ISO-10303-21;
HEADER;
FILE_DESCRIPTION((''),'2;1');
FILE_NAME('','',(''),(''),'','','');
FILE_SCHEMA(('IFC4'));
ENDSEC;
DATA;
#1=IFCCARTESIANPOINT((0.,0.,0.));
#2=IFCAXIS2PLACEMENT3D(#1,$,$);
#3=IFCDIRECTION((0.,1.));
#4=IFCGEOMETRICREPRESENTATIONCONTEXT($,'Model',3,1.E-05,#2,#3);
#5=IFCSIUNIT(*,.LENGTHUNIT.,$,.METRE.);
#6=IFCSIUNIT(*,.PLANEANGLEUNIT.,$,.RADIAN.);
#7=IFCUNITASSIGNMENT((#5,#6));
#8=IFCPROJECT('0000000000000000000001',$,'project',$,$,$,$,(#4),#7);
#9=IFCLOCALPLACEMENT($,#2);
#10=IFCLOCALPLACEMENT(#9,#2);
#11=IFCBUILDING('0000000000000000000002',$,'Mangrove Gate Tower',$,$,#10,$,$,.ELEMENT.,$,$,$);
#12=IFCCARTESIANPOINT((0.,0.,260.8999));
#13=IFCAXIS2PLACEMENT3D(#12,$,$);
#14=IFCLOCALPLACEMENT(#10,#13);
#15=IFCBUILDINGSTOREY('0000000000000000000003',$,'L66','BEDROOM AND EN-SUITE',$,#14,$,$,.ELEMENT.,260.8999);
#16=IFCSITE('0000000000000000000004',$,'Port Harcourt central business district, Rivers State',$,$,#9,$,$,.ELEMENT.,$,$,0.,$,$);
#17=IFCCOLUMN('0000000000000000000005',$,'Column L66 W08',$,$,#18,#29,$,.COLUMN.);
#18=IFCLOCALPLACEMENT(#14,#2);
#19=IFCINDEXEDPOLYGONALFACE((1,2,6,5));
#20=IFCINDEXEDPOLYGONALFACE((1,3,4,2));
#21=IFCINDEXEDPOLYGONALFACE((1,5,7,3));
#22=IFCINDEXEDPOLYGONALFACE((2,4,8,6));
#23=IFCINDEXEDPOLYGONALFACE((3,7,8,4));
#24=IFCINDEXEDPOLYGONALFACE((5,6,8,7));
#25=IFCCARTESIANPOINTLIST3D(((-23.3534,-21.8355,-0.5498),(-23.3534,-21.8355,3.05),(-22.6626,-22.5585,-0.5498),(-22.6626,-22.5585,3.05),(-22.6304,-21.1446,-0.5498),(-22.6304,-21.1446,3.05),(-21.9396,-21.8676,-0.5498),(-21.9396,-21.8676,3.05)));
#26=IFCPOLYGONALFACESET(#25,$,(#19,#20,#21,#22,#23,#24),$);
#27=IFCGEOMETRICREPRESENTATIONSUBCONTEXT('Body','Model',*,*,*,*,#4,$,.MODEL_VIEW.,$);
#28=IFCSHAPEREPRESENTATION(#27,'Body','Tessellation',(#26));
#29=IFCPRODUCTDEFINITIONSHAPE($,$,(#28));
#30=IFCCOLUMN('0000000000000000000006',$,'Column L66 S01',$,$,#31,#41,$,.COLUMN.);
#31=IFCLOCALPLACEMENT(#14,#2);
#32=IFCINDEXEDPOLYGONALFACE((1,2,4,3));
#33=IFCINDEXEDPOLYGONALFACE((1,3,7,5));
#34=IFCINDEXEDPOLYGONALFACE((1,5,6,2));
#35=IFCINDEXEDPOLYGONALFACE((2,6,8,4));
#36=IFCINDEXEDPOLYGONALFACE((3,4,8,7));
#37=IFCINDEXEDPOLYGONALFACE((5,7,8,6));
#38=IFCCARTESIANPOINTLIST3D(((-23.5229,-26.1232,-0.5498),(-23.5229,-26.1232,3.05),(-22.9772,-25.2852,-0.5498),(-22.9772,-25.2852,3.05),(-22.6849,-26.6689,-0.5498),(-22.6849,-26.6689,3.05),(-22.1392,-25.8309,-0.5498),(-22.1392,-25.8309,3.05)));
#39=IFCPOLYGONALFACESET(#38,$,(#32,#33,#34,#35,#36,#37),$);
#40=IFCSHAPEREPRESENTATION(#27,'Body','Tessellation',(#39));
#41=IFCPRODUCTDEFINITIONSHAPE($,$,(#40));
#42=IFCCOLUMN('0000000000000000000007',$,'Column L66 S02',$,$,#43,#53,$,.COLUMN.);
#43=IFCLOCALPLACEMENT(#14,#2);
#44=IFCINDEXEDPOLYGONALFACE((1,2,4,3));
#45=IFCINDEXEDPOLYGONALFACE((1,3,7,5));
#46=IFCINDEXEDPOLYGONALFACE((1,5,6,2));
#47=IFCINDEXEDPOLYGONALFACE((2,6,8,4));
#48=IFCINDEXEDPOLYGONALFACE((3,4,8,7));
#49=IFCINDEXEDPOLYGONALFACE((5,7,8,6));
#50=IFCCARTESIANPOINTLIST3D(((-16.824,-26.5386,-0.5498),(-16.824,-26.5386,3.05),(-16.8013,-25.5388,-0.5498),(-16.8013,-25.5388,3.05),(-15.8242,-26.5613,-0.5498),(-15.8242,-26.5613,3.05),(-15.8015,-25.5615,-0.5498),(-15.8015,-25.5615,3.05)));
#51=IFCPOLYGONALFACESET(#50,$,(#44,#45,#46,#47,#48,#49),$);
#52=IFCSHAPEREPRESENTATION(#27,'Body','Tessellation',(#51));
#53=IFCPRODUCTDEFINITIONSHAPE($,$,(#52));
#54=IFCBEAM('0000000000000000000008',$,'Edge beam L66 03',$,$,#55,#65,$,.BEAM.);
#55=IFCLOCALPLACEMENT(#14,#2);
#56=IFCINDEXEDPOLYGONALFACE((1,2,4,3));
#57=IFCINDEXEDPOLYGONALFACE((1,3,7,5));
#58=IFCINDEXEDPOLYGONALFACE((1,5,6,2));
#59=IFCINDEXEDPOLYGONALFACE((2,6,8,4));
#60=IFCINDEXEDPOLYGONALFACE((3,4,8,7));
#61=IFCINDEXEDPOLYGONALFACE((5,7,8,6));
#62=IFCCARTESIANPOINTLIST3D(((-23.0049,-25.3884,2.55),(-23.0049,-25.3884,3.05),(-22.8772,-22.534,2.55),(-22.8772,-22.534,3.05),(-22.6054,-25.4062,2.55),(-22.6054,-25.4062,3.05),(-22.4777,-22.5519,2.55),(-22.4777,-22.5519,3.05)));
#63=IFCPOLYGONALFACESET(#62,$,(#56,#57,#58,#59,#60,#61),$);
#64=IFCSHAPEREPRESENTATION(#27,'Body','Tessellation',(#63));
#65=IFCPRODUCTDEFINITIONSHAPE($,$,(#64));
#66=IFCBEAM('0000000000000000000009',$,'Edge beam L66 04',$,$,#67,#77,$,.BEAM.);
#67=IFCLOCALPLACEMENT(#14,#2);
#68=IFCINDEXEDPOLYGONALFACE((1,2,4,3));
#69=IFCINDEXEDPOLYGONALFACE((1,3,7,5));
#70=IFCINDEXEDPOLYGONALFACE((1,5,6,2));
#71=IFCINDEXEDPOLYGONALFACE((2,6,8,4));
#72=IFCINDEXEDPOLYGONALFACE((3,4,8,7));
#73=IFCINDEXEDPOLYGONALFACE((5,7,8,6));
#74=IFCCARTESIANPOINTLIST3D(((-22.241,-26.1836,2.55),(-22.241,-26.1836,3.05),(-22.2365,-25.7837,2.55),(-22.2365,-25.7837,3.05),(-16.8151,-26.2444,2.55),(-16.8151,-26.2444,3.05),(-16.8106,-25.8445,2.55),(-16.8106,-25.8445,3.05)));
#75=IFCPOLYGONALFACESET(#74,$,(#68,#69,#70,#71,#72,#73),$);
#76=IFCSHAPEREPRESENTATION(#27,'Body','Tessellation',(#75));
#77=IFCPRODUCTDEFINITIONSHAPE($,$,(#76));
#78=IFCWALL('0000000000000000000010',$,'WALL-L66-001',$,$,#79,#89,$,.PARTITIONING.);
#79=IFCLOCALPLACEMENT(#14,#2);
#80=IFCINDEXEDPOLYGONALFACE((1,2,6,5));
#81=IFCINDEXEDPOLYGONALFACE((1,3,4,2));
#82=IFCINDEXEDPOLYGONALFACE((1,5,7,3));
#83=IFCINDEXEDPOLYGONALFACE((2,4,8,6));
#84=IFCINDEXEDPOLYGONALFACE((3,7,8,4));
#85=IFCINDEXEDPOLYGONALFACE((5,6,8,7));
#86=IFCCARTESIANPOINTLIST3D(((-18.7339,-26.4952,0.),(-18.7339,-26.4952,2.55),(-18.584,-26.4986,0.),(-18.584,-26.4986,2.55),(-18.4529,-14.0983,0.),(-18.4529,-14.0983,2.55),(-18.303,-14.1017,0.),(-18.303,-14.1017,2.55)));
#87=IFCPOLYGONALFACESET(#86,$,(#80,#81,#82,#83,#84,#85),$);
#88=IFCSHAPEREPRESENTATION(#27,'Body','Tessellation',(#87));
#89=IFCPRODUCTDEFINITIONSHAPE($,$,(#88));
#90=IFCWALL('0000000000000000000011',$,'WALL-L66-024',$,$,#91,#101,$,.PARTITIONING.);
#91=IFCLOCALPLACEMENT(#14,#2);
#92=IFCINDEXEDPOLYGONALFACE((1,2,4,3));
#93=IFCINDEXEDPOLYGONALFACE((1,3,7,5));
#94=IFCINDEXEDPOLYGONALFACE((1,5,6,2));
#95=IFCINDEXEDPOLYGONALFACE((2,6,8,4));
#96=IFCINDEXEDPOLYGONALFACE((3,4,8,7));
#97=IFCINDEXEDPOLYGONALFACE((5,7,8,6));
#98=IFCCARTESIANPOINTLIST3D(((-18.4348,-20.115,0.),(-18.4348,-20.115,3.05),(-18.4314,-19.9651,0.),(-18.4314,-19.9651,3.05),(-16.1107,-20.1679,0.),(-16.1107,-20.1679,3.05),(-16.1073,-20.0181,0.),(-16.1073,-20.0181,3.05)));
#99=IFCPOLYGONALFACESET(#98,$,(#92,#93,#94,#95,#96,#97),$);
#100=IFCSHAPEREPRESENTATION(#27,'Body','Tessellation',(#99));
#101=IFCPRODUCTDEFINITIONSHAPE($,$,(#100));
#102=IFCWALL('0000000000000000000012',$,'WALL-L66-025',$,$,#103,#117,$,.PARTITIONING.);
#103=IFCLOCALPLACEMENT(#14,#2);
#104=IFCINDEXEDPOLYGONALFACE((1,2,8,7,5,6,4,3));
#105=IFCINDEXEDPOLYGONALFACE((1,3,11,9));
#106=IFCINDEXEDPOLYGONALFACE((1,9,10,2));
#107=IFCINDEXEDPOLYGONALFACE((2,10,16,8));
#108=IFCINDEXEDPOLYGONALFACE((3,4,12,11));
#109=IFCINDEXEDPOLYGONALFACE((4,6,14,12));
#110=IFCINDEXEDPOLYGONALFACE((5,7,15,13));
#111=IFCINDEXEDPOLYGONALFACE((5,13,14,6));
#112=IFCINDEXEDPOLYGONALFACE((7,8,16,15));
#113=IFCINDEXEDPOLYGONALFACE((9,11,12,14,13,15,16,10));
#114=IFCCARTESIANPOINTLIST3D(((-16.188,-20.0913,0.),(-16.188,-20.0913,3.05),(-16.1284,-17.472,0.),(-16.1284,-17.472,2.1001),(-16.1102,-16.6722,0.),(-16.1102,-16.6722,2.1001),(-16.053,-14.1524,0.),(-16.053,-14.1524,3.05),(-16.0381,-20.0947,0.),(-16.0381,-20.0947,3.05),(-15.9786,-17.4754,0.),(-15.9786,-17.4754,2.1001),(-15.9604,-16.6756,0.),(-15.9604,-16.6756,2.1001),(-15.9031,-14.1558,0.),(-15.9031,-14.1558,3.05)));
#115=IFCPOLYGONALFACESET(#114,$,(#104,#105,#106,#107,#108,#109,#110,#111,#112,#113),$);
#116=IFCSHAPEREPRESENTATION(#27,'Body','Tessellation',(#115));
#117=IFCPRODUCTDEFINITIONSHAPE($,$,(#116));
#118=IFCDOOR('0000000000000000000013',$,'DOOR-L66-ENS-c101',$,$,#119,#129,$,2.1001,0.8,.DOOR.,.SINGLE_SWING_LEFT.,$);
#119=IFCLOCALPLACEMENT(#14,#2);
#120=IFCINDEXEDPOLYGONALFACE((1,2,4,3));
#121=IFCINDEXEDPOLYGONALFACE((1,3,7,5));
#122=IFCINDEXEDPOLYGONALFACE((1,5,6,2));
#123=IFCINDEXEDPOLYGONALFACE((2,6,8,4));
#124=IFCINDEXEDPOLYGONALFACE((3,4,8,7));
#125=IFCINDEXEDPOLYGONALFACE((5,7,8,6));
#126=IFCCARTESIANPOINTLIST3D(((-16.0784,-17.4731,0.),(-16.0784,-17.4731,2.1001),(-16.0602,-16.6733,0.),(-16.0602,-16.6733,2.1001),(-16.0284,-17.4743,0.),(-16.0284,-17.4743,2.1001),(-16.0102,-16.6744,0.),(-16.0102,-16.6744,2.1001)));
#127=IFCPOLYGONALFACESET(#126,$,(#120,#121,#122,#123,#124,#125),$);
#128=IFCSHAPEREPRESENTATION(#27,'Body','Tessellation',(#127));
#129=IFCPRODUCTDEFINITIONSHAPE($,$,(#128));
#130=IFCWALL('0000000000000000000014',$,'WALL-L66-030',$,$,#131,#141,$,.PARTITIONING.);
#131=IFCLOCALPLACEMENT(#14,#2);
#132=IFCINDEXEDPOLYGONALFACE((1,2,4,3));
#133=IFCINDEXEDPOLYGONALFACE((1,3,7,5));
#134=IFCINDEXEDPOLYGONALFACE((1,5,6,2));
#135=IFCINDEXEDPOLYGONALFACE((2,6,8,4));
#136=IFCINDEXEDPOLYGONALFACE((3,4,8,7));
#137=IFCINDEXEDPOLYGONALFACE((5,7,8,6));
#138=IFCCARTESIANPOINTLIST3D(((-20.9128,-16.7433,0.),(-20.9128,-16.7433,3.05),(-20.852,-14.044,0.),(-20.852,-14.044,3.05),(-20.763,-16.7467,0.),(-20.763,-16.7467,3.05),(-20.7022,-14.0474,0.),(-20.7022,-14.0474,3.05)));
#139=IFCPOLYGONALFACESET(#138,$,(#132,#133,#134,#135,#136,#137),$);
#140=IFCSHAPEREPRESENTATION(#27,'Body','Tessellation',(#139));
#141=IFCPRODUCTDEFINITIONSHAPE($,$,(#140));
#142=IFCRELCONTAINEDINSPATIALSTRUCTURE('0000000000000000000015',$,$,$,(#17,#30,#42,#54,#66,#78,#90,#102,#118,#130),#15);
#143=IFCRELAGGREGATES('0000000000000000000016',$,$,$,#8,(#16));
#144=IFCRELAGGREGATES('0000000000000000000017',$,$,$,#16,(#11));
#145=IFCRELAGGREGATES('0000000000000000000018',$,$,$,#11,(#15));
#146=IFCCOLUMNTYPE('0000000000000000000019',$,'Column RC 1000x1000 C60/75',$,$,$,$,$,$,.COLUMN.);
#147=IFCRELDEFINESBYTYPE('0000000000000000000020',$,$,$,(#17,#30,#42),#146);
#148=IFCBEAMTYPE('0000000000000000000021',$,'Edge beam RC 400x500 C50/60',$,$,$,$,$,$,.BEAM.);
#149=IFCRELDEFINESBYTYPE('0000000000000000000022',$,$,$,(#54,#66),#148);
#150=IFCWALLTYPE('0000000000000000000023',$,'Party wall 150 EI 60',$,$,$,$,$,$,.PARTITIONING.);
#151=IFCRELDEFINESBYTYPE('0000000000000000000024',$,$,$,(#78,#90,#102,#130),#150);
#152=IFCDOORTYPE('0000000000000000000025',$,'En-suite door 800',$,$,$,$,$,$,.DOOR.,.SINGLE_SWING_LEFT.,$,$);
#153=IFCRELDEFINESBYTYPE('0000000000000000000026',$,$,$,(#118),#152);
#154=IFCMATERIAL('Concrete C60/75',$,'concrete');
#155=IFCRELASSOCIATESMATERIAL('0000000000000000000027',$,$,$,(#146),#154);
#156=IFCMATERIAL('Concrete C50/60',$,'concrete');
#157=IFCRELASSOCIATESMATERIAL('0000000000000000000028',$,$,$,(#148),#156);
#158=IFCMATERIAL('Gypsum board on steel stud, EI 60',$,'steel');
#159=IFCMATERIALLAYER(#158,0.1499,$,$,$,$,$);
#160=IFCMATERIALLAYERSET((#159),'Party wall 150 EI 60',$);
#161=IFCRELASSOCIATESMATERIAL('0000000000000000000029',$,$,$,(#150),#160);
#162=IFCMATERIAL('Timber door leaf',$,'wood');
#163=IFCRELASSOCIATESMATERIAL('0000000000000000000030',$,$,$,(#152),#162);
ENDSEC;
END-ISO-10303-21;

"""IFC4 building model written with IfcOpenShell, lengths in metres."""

from ifc_helpers import new_model, si_unit, direction, frame, frame_2d, origin, origin_2d, place, context, subcontext, project, spatial, rectangle, extrude, material, layer, layer_set, material_profile, profile_set, type_object, element, fill, save


model = new_model("IFC4")

# Units and contexts
model_context = context("Model", 3, precision=1e-05, world=origin(), true_north=direction((0.0, 1.0)))
body_context = subcontext(model_context, "Body", "Model", "MODEL_VIEW")
ifc_project = project(units=[si_unit("LENGTHUNIT", "METRE"), si_unit("PLANEANGLEUNIT", "RADIAN")], contexts=[model_context])

# Site, building, storey
site_placement = place(None, origin())
site = spatial("IfcSite", under=ifc_project, at=site_placement, Name="Port Harcourt central business district, Rivers State", CompositionType="ELEMENT", RefElevation=0.0)
building_placement = place(site_placement, origin())
building = spatial("IfcBuilding", under=site, at=building_placement, Name="Mangrove Gate Tower", CompositionType="ELEMENT")
storey_placement = place(building_placement, frame((0.0, 0.0, 260.8999)))
storey = spatial("IfcBuildingStorey", under=building, at=storey_placement, Name="L66", Description="BEDROOM AND EN-SUITE", CompositionType="ELEMENT", Elevation=260.8999)

# Columns
ifc_material_1 = material(Name="Concrete C60/75", Category="concrete")
ifc_material_profile_1 = material_profile(ifc_material_1, rectangle(XDim=1.0, YDim=1.0, at=origin_2d()))
ifc_profile_set_1 = profile_set([ifc_material_profile_1], Name="Concrete C60/75")
column_type = type_object("IfcColumnType", Name="Column RC 1000x1000 C60/75", PredefinedType="COLUMN", material=ifc_profile_set_1)
for number, where, z_axis, x_axis, name in (
    (1, (-22.6465, -21.8516, -0.5498), (0.0, 0.0, 1.0), (0.690844, -0.723004, 0.0), "Column L66 W08"),
    (2, (-22.8311, -25.9771, -0.5498), (0.0, 0.0, 1.0), (0.837962, -0.545728, 0.0), "Column L66 S01"),
    (3, (-16.3127, -26.05, -0.5498), (0.0, 0.0, 1.0), (0.999742, -0.022708, 0.0), "Column L66 S02"),
):
    element("IfcColumn", number, at=place(storey_placement, frame(where, z_axis=z_axis, x_axis=x_axis)), inside=storey, type_object=column_type, Name=name, PredefinedType="COLUMN", context=body_context, shape_type="SweptSolid", body=[
        extrude(rectangle(XDim=1.0, YDim=1.0, at=origin_2d()), origin(), (0.0, 0.0, 1.0), 3.5999),
    ])

# Beams
ifc_material_2 = material(Name="Concrete C50/60", Category="concrete")
ifc_material_profile_2 = material_profile(ifc_material_2, rectangle(XDim=0.3999, YDim=0.5, at=origin_2d()))
ifc_profile_set_2 = profile_set([ifc_material_profile_2], Name="Concrete C50/60")
beam_type = type_object("IfcBeamType", Name="Edge beam RC 400x500 C50/60", PredefinedType="BEAM", material=ifc_profile_set_2)
beam_1_placement = place(storey_placement, frame((-22.6775, -22.543, 2.8), z_axis=(-0.044691, -0.999001, 0.0), x_axis=(0.999001, -0.044691, 0.0)))
element("IfcBeam", 4, at=beam_1_placement, inside=storey, type_object=beam_type, Name="Edge beam L66 03", PredefinedType="BEAM", context=body_context, shape_type="SweptSolid", body=[
    extrude(rectangle(XDim=0.3999, YDim=0.5, at=origin_2d()), origin(), (0.0, 0.0, 1.0), 2.8572),
])
beam_2_placement = place(storey_placement, frame((-22.2388, -25.9836, 2.8), z_axis=(0.999937, -0.011203, 0.0), x_axis=(0.011203, 0.999937, 0.0)))
element("IfcBeam", 5, at=beam_2_placement, inside=storey, type_object=beam_type, Name="Edge beam L66 04", PredefinedType="BEAM", context=body_context, shape_type="SweptSolid", body=[
    extrude(rectangle(XDim=0.3999, YDim=0.5, at=origin_2d()), origin(), (0.0, 0.0, 1.0), 5.4263),
])

# Walls
ifc_material_3 = material(Name="Gypsum board on steel stud, EI 60", Category="steel")
ifc_layer = layer(ifc_material_3, 0.1499)
ifc_layer_set = layer_set([ifc_layer], Name="Party wall 150 EI 60")
wall_type = type_object("IfcWallType", Name="Party wall 150 EI 60", PredefinedType="PARTITIONING", material=ifc_layer_set)
wall_1_placement = place(storey_placement, frame((-18.6589, -26.4971, 0.0), z_axis=(0.0, 0.0, 1.0), x_axis=(0.022661, 0.999743, 0.0)))
element("IfcWall", 6, at=wall_1_placement, inside=storey, type_object=wall_type, Name="WALL-L66-001", PredefinedType="PARTITIONING", context=body_context, shape_type="SweptSolid", body=[
    extrude(rectangle(XDim=12.4001, YDim=0.1499, at=frame_2d((6.2002, 0.0))), origin(), (0.0, 0.0, 1.0), 2.55),
])
wall_2_placement = place(storey_placement, frame((-18.4331, -20.04, 0.0), z_axis=(0.0, 0.0, 1.0), x_axis=(0.99974, -0.022788, 0.0)))
element("IfcWall", 7, at=wall_2_placement, inside=storey, type_object=wall_type, Name="WALL-L66-024", PredefinedType="PARTITIONING", context=body_context, shape_type="SweptSolid", body=[
    extrude(rectangle(XDim=2.3247, YDim=0.1499, at=frame_2d((1.1624, 0.0))), origin(), (0.0, 0.0, 1.0), 3.05),
])

# Wall, opening, door
wall_3_placement = place(storey_placement, frame((-16.113, -20.093, 0.0), z_axis=(0.0, 0.0, 1.0), x_axis=(0.022727, 0.999742, 0.0)))
wall_3 = element("IfcWall", 8, at=wall_3_placement, inside=storey, type_object=wall_type, Name="WALL-L66-025", PredefinedType="PARTITIONING", context=body_context, shape_type="SweptSolid", body=[
    extrude(rectangle(XDim=5.9404, YDim=0.1499, at=frame_2d((2.9702, 0.0))), origin(), (0.0, 0.0, 1.0), 3.05),
])
opening_placement = place(wall_3_placement, frame((2.6201, 0.0, 0.0)))
opening = element("IfcOpeningElement", 9, at=opening_placement, cuts=wall_3, PredefinedType="OPENING", context=body_context, shape_type="SweptSolid", body=[
    extrude(rectangle(XDim=0.8, YDim=2.1001, at=frame_2d((0.3999, 1.05))), frame((0.0, 0.085, 0.0), z_axis=(0.0, -1.0, 0.0), x_axis=(1.0, 0.0, 0.0)), (0.0, 0.0, 1.0), 0.1699),
])
ifc_material_4 = material(Name="Timber door leaf", Category="wood")
door_type = type_object("IfcDoorType", Name="En-suite door 800", OperationType="SINGLE_SWING_LEFT", PredefinedType="DOOR", material=ifc_material_4)
door_placement = place(opening_placement, origin())
door = element("IfcDoor", 10, at=door_placement, inside=storey, type_object=door_type, Name="DOOR-L66-ENS-c101", OperationType="SINGLE_SWING_LEFT", OverallHeight=2.1001, OverallWidth=0.8, PredefinedType="DOOR", context=body_context, shape_type="SweptSolid", body=[
    extrude(rectangle(XDim=0.8, YDim=2.1001, at=frame_2d((0.3999, 1.05))), frame((0.0, 0.0249, 0.0), z_axis=(0.0, -1.0, 0.0), x_axis=(1.0, 0.0, 0.0)), (0.0, 0.0, 1.0), 0.05),
])
fill(opening, door)

# Wall
wall_4_placement = place(storey_placement, frame((-20.8379, -16.7451, 0.0), z_axis=(0.0, 0.0, 1.0), x_axis=(0.022516, 0.999746, 0.0)))
element("IfcWall", 11, at=wall_4_placement, inside=storey, type_object=wall_type, Name="WALL-L66-030", PredefinedType="PARTITIONING", context=body_context, shape_type="SweptSolid", body=[
    extrude(rectangle(XDim=2.7, YDim=0.1499, at=frame_2d((1.3501, 0.0))), origin(), (0.0, 0.0, 1.0), 3.05),
])

save(model, "model.ifc")
